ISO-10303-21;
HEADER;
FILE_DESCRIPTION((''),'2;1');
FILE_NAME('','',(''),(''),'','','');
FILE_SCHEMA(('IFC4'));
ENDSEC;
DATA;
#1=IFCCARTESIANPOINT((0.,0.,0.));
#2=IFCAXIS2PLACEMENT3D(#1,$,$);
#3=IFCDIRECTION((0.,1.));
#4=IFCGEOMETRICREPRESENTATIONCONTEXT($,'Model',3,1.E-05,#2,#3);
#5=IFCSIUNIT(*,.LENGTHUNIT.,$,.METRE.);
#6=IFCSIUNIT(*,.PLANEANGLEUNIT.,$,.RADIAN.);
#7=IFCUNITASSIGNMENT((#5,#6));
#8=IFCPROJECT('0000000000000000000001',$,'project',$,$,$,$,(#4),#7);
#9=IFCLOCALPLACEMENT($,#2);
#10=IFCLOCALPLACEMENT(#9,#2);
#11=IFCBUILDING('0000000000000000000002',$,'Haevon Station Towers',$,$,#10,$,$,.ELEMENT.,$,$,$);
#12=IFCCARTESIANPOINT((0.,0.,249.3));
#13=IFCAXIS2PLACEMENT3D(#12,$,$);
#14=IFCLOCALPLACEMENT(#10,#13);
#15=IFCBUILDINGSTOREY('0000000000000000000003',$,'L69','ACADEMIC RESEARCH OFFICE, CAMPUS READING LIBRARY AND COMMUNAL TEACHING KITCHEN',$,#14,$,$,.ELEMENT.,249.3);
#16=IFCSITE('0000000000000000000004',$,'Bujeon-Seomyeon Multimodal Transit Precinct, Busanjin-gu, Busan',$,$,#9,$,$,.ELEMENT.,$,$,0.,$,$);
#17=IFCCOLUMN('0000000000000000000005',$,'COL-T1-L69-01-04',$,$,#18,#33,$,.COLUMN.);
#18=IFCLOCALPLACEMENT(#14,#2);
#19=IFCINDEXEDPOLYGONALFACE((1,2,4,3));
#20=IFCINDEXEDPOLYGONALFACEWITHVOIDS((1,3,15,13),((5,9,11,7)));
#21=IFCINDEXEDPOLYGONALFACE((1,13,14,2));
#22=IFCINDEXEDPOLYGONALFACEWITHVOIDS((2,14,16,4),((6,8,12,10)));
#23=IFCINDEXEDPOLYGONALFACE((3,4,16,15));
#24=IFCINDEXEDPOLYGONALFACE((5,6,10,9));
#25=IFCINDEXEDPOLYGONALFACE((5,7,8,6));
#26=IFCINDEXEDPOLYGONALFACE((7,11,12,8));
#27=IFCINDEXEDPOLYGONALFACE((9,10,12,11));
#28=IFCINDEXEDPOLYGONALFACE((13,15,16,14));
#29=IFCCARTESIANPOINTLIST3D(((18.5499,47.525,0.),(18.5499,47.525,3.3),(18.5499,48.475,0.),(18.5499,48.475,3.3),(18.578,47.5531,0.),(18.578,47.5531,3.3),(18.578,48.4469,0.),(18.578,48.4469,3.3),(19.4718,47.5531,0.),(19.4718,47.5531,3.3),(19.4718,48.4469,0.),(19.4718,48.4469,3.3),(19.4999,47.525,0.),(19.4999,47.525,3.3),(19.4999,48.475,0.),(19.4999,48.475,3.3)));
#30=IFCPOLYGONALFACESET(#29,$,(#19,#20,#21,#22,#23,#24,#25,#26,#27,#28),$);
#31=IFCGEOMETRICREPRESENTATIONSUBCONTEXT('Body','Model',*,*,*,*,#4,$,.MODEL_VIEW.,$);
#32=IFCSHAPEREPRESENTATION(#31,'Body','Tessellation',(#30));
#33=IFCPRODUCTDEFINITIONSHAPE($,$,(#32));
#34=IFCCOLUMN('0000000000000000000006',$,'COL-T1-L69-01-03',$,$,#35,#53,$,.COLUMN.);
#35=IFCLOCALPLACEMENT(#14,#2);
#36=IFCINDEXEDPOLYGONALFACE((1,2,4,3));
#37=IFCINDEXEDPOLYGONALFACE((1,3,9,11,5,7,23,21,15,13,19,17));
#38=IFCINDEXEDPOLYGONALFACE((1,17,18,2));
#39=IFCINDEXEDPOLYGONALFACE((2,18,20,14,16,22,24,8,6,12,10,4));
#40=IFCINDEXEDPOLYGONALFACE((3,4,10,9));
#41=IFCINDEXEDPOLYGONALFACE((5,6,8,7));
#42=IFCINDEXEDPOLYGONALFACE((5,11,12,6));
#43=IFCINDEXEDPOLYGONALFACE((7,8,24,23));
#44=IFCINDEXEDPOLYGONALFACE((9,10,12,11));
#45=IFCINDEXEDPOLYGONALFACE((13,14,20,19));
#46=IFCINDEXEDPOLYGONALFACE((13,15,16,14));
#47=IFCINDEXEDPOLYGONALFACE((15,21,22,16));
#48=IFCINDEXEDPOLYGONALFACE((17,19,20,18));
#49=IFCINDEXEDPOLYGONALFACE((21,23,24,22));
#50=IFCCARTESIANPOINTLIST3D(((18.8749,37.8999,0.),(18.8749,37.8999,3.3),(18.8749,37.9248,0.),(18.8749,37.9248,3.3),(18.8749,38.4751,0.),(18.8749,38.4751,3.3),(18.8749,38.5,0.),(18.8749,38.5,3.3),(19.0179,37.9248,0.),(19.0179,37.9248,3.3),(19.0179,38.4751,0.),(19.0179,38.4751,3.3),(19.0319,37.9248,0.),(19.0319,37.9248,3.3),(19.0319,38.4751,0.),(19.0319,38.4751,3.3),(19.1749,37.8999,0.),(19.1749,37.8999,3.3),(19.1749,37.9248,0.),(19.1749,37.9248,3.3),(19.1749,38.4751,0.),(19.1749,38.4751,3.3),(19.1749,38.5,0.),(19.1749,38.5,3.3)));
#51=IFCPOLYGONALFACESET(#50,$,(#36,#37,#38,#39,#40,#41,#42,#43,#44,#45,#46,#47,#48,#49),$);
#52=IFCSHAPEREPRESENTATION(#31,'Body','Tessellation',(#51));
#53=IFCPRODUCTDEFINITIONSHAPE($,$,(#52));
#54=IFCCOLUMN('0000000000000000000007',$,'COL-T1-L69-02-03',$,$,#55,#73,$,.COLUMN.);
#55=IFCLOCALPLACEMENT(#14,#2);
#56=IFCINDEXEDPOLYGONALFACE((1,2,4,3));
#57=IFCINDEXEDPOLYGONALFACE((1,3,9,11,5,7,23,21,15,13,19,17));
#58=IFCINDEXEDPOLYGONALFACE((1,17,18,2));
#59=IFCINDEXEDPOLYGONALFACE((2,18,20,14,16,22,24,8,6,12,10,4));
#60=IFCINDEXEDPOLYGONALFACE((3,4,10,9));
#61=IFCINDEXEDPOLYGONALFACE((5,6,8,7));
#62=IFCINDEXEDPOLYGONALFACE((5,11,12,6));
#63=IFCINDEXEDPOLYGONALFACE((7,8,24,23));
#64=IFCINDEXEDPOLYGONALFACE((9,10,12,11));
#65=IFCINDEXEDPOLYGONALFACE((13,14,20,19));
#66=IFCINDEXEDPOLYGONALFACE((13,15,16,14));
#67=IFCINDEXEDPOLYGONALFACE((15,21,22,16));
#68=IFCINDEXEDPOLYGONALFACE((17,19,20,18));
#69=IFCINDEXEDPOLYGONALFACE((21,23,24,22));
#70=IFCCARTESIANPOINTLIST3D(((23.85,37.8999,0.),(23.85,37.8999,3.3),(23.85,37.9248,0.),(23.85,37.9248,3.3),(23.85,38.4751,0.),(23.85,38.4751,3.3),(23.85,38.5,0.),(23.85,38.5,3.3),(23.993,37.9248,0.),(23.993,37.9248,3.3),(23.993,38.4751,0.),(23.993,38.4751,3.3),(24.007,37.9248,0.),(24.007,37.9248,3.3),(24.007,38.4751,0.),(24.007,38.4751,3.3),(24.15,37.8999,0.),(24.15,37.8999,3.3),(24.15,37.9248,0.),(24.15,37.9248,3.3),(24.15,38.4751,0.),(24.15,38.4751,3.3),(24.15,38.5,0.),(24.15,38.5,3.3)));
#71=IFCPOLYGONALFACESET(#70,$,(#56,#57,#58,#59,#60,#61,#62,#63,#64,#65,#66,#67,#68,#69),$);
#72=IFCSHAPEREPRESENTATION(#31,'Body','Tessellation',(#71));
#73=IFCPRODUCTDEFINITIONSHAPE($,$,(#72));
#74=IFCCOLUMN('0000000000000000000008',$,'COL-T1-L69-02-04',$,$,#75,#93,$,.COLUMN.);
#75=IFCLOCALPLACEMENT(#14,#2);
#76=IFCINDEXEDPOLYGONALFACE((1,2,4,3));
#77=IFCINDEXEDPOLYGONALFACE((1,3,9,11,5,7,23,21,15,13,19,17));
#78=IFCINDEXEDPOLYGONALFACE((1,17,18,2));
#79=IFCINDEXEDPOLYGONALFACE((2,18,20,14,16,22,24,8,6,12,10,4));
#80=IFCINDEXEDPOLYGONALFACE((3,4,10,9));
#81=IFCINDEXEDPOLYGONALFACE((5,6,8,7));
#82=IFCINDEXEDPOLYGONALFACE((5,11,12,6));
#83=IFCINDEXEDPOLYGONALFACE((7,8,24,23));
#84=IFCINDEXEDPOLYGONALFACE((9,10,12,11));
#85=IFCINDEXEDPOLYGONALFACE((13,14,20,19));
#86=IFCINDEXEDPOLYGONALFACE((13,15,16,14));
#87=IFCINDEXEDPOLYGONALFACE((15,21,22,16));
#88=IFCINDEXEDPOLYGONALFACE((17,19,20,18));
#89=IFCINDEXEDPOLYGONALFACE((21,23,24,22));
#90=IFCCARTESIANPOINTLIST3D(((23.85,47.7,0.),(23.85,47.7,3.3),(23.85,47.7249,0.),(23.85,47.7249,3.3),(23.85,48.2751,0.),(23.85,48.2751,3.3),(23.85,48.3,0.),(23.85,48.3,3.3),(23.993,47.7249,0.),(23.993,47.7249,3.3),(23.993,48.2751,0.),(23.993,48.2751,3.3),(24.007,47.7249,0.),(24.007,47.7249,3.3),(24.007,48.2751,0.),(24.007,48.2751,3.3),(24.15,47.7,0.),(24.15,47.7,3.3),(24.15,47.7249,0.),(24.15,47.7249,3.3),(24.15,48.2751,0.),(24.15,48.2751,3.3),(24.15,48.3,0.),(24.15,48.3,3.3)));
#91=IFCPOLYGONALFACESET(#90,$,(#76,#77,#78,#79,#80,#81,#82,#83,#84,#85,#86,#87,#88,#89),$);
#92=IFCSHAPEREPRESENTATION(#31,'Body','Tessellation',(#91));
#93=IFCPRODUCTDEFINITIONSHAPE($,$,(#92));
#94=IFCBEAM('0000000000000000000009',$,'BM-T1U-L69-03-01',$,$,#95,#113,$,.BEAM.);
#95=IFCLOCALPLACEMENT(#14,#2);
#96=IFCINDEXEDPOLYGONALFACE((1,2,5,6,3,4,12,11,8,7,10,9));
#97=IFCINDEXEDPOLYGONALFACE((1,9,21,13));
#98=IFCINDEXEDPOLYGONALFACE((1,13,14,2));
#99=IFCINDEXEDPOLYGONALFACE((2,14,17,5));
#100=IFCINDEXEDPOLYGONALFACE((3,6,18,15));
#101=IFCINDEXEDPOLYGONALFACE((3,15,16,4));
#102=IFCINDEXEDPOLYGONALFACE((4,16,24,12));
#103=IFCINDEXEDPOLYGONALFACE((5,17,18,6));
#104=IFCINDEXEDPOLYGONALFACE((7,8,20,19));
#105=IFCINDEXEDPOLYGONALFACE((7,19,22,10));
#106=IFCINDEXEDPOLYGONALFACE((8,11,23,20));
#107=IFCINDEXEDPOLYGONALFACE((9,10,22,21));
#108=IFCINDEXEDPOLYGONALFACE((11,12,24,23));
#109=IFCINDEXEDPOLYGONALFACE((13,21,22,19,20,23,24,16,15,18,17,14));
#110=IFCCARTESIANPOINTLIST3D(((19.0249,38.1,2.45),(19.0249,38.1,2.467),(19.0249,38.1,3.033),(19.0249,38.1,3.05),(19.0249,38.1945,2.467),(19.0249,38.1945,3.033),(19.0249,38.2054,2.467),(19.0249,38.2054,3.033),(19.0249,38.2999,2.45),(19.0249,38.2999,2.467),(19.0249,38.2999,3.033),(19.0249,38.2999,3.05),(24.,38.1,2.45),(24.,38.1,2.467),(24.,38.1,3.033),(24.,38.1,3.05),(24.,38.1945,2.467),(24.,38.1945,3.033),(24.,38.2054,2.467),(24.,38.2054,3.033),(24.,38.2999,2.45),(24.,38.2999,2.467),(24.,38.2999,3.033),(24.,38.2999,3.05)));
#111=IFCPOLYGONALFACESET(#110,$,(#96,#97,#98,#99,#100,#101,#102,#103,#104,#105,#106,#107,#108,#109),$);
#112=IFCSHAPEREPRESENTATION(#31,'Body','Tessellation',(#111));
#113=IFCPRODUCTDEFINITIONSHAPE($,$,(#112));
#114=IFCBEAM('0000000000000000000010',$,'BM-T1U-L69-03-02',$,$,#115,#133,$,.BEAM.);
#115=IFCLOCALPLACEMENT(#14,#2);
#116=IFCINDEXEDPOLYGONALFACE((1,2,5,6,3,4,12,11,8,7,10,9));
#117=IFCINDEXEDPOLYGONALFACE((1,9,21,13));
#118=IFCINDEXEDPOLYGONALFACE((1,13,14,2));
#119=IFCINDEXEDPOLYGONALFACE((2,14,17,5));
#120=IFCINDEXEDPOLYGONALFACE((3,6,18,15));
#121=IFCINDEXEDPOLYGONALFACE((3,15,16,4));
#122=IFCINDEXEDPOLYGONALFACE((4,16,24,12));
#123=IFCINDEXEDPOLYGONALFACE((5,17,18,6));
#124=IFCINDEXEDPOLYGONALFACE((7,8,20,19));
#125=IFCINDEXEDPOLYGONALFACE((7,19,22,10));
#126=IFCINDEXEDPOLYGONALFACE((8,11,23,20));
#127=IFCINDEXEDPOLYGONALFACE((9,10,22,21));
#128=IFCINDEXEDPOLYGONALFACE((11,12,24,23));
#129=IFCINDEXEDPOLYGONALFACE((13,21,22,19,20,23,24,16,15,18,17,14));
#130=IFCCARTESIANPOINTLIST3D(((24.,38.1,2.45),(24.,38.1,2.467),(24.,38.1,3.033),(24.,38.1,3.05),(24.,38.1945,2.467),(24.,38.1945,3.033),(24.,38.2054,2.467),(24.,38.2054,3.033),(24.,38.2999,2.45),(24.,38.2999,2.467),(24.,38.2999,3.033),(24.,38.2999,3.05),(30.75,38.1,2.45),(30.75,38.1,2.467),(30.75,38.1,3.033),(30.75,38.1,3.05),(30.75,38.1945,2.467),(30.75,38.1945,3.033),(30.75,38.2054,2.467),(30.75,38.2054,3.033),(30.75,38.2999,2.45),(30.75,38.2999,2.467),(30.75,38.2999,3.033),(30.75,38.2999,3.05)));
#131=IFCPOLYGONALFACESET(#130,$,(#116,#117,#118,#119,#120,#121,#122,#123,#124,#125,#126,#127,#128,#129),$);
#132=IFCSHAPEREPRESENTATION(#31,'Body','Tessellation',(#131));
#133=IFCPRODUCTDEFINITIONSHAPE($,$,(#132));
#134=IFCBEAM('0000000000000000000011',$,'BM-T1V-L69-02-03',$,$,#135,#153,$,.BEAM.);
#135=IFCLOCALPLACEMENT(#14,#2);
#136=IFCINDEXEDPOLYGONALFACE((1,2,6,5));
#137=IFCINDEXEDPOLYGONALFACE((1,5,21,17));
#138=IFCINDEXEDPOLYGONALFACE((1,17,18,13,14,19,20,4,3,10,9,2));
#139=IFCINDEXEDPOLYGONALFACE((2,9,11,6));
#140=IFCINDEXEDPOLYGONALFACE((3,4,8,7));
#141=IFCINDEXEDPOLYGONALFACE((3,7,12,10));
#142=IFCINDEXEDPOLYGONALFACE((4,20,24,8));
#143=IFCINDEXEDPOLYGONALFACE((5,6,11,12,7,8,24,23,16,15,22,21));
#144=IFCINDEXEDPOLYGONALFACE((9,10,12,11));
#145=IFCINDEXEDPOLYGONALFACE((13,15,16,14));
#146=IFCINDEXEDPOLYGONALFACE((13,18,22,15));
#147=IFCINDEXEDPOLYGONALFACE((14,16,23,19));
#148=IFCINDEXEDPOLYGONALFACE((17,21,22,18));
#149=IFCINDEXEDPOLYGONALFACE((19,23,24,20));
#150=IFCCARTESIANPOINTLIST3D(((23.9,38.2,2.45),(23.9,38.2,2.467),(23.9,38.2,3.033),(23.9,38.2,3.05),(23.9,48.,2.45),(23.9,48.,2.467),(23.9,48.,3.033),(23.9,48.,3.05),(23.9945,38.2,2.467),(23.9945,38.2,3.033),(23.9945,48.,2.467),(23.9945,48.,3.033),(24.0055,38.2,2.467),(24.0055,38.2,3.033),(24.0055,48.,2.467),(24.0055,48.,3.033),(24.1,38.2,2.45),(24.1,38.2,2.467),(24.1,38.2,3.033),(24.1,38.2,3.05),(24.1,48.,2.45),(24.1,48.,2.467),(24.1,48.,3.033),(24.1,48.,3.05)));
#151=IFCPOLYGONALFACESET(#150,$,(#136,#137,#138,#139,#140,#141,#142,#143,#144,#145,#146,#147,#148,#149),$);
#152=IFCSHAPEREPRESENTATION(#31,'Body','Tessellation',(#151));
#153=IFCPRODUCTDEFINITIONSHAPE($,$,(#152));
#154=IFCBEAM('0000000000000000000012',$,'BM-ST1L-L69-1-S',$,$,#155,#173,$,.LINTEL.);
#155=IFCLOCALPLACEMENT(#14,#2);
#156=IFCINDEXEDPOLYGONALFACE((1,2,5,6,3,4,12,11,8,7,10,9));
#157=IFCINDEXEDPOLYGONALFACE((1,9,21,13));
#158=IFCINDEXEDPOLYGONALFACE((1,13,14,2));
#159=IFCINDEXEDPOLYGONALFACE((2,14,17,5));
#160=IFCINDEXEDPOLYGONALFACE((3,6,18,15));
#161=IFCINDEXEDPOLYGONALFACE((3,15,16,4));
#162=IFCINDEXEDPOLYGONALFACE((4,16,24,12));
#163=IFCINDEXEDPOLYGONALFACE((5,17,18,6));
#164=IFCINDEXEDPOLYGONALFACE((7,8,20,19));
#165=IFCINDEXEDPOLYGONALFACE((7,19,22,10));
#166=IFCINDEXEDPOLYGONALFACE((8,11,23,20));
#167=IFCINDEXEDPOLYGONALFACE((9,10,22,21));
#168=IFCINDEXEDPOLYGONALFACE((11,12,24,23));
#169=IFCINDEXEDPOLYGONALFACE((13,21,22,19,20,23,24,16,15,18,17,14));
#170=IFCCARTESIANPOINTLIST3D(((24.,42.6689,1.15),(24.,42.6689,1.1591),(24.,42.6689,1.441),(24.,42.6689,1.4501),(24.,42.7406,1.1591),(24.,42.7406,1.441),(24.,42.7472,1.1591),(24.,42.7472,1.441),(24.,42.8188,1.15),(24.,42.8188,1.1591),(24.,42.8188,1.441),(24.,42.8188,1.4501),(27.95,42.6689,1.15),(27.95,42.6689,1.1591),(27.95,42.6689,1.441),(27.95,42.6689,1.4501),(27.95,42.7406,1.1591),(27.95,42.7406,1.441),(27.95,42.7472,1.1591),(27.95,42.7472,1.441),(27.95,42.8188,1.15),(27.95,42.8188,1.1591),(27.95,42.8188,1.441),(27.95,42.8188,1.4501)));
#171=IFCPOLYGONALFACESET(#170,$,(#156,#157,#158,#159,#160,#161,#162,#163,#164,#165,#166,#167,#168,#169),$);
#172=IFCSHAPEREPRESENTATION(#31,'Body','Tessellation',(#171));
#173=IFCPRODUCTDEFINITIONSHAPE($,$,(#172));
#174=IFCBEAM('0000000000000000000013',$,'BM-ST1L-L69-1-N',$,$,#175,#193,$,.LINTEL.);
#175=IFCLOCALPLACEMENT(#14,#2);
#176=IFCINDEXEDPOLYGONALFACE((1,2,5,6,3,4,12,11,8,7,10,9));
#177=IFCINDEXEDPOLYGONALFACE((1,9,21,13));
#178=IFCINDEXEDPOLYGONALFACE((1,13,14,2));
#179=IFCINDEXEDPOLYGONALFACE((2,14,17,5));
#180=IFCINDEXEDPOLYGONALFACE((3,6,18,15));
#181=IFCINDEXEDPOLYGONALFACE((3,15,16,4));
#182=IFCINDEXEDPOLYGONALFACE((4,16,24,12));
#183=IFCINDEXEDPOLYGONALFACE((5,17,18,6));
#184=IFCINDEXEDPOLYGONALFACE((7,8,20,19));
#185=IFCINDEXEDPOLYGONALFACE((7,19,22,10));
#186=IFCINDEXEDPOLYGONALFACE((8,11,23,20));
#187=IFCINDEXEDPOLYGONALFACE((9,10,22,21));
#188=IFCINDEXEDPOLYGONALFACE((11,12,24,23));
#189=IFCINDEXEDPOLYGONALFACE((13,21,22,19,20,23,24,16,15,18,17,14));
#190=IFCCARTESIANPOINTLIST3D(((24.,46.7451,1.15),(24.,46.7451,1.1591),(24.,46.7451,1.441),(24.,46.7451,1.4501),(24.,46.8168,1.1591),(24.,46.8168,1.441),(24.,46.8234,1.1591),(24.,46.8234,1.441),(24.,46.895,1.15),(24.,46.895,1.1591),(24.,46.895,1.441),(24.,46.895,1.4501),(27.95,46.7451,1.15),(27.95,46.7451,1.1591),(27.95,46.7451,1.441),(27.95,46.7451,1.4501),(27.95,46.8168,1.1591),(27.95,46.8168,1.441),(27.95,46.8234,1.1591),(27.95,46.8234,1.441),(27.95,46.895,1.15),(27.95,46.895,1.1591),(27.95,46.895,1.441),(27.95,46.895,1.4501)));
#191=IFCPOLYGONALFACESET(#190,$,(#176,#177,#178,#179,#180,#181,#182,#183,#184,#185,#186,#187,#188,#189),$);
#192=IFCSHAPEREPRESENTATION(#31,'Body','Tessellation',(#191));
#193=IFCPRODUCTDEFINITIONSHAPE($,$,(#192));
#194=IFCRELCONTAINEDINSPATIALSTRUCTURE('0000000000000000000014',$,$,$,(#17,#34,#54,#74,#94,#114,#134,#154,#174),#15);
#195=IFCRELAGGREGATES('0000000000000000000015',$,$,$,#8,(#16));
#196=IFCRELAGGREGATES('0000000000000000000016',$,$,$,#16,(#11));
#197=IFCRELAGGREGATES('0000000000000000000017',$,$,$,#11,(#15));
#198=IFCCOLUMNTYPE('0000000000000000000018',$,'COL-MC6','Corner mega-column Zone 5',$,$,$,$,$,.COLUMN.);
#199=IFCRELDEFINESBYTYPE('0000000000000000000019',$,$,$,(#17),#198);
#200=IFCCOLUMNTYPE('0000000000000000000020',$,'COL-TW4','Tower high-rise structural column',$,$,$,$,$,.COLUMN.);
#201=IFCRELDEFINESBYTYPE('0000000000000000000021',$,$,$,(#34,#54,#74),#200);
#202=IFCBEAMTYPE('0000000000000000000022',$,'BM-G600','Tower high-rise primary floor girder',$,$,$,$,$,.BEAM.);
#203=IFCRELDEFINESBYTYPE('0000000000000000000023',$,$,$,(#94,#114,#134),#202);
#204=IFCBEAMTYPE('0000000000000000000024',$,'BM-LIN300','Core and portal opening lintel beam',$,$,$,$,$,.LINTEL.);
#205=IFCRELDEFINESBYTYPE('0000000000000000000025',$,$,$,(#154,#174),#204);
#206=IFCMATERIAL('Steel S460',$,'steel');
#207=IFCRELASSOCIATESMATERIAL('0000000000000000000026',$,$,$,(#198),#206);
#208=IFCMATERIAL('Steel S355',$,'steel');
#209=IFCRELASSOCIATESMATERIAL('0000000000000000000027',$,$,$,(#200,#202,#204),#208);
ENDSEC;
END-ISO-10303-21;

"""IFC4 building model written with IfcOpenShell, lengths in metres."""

from ifc_helpers import new_model, si_unit, direction, frame, origin, origin_2d, place, context, subcontext, project, spatial, hollow_rectangle, i_section, extrude, material, material_profile, profile_set, type_object, element, save


model = new_model("IFC4")

# Units and contexts
model_context = context("Model", 3, precision=1e-05, world=origin(), true_north=direction((0.0, 1.0)))
body_context = subcontext(model_context, "Body", "Model", "MODEL_VIEW")
ifc_project = project(units=[si_unit("LENGTHUNIT", "METRE"), si_unit("PLANEANGLEUNIT", "RADIAN")], contexts=[model_context])

# Site, building, storey
site_placement = place(None, origin())
site = spatial("IfcSite", under=ifc_project, at=site_placement, Name="Bujeon-Seomyeon Multimodal Transit Precinct, Busanjin-gu, Busan", CompositionType="ELEMENT", RefElevation=0.0)
building_placement = place(site_placement, origin())
building = spatial("IfcBuilding", under=site, at=building_placement, Name="Haevon Station Towers", CompositionType="ELEMENT")
storey_placement = place(building_placement, frame((0.0, 0.0, 249.3)))
storey = spatial("IfcBuildingStorey", under=building, at=storey_placement, Name="L69", Description="ACADEMIC RESEARCH OFFICE, CAMPUS READING LIBRARY AND COMMUNAL TEACHING KITCHEN", CompositionType="ELEMENT", Elevation=249.3)

# Columns
ifc_material_1 = material(Name="Steel S460", Category="steel")
ifc_material_profile_1 = material_profile(ifc_material_1, hollow_rectangle(XDim=0.95, YDim=0.95, WallThickness=0.0281, at=origin_2d()), Name="BOX-950x950x28")
ifc_profile_set_1 = profile_set([ifc_material_profile_1], Name="Steel S460")
column_type_1 = type_object("IfcColumnType", Name="COL-MC6", Description="Corner mega-column Zone 5", PredefinedType="COLUMN", material=ifc_profile_set_1)
column_placement = place(storey_placement, frame((19.0249, 48.0, 0.0), z_axis=(0.0, 0.0, 1.0), x_axis=(1.0, 0.0, 0.0)))
element("IfcColumn", 1, at=column_placement, inside=storey, type_object=column_type_1, Name="COL-T1-L69-01-04", PredefinedType="COLUMN", context=body_context, shape_type="SweptSolid", body=[
    extrude(hollow_rectangle(XDim=0.95, YDim=0.95, WallThickness=0.0281, at=origin_2d()), origin(), (0.0, 0.0, 1.0), 3.3),
])
ifc_material_2 = material(Name="Steel S355", Category="steel")
ifc_material_profile_2 = material_profile(ifc_material_2, i_section(OverallWidth=0.3, OverallDepth=0.6001, WebThickness=0.0139, FlangeThickness=0.0249, at=origin_2d()), Name="H-600x300x14x25")
ifc_profile_set_2 = profile_set([ifc_material_profile_2], Name="Steel S355")
column_type_2 = type_object("IfcColumnType", Name="COL-TW4", Description="Tower high-rise structural column", PredefinedType="COLUMN", material=ifc_profile_set_2)
for number, where, z_axis, x_axis, name in (
    (2, (19.0249, 38.2, 0.0), (0.0, 0.0, 1.0), (1.0, 0.0, 0.0), "COL-T1-L69-01-03"),
    (3, (24.0, 38.2, 0.0), (0.0, 0.0, 1.0), (1.0, 0.0, 0.0), "COL-T1-L69-02-03"),
    (4, (24.0, 48.0, 0.0), (0.0, 0.0, 1.0), (1.0, 0.0, 0.0), "COL-T1-L69-02-04"),
):
    element("IfcColumn", number, at=place(storey_placement, frame(where, z_axis=z_axis, x_axis=x_axis)), inside=storey, type_object=column_type_2, Name=name, PredefinedType="COLUMN", context=body_context, shape_type="SweptSolid", body=[
        extrude(i_section(OverallWidth=0.3, OverallDepth=0.6001, WebThickness=0.0139, FlangeThickness=0.0249, at=origin_2d()), origin(), (0.0, 0.0, 1.0), 3.3),
    ])

# Beams
ifc_material_profile_3 = material_profile(ifc_material_2, i_section(OverallWidth=0.2, OverallDepth=0.6001, WebThickness=0.011, FlangeThickness=0.0171, at=origin_2d()), Name="H-600x200x11x17")
ifc_profile_set_3 = profile_set([ifc_material_profile_3], Name="Steel S355")
beam_type_1 = type_object("IfcBeamType", Name="BM-G600", Description="Tower high-rise primary floor girder", PredefinedType="BEAM", material=ifc_profile_set_3)
beam_1_placement = place(storey_placement, frame((19.0249, 38.2, 2.75), z_axis=(1.0, 0.0, 0.0), x_axis=(0.0, 1.0, 0.0)))
element("IfcBeam", 5, at=beam_1_placement, inside=storey, type_object=beam_type_1, Name="BM-T1U-L69-03-01", PredefinedType="BEAM", context=body_context, shape_type="SweptSolid", body=[
    extrude(i_section(OverallWidth=0.2, OverallDepth=0.6001, WebThickness=0.011, FlangeThickness=0.0171, at=origin_2d()), origin(), (0.0, 0.0, 1.0), 4.9751),
])
beam_2_placement = place(storey_placement, frame((24.0, 38.2, 2.75), z_axis=(1.0, 0.0, 0.0), x_axis=(0.0, 1.0, 0.0)))
element("IfcBeam", 6, at=beam_2_placement, inside=storey, type_object=beam_type_1, Name="BM-T1U-L69-03-02", PredefinedType="BEAM", context=body_context, shape_type="SweptSolid", body=[
    extrude(i_section(OverallWidth=0.2, OverallDepth=0.6001, WebThickness=0.011, FlangeThickness=0.0171, at=origin_2d()), origin(), (0.0, 0.0, 1.0), 6.75),
])
beam_3_placement = place(storey_placement, frame((24.0, 38.2, 2.75), z_axis=(0.0, 1.0, 0.0), x_axis=(-1.0, 0.0, 0.0)))
element("IfcBeam", 7, at=beam_3_placement, inside=storey, type_object=beam_type_1, Name="BM-T1V-L69-02-03", PredefinedType="BEAM", context=body_context, shape_type="SweptSolid", body=[
    extrude(i_section(OverallWidth=0.2, OverallDepth=0.6001, WebThickness=0.011, FlangeThickness=0.0171, at=origin_2d()), origin(), (0.0, 0.0, 1.0), 9.8),
])
ifc_material_profile_4 = material_profile(ifc_material_2, i_section(OverallWidth=0.1499, OverallDepth=0.3, WebThickness=0.0066, FlangeThickness=0.009, at=origin_2d()), Name="H-300x150x6.5x9")
ifc_profile_set_4 = profile_set([ifc_material_profile_4], Name="Steel S355")
beam_type_2 = type_object("IfcBeamType", Name="BM-LIN300", Description="Core and portal opening lintel beam", PredefinedType="LINTEL", material=ifc_profile_set_4)
for number, where, z_axis, x_axis, name in (
    (8, (24.0, 42.7439, 1.3), (1.0, 0.0, 0.0), (0.0, 1.0, 0.0), "BM-ST1L-L69-1-S"),
    (9, (24.0, 46.8201, 1.3), (1.0, 0.0, 0.0), (0.0, 1.0, 0.0), "BM-ST1L-L69-1-N"),
):
    element("IfcBeam", number, at=place(storey_placement, frame(where, z_axis=z_axis, x_axis=x_axis)), inside=storey, type_object=beam_type_2, Name=name, PredefinedType="LINTEL", context=body_context, shape_type="SweptSolid", body=[
        extrude(i_section(OverallWidth=0.1499, OverallDepth=0.3, WebThickness=0.0066, FlangeThickness=0.009, at=origin_2d()), origin(), (0.0, 0.0, 1.0), 3.95),
    ])

save(model, "model.ifc")
